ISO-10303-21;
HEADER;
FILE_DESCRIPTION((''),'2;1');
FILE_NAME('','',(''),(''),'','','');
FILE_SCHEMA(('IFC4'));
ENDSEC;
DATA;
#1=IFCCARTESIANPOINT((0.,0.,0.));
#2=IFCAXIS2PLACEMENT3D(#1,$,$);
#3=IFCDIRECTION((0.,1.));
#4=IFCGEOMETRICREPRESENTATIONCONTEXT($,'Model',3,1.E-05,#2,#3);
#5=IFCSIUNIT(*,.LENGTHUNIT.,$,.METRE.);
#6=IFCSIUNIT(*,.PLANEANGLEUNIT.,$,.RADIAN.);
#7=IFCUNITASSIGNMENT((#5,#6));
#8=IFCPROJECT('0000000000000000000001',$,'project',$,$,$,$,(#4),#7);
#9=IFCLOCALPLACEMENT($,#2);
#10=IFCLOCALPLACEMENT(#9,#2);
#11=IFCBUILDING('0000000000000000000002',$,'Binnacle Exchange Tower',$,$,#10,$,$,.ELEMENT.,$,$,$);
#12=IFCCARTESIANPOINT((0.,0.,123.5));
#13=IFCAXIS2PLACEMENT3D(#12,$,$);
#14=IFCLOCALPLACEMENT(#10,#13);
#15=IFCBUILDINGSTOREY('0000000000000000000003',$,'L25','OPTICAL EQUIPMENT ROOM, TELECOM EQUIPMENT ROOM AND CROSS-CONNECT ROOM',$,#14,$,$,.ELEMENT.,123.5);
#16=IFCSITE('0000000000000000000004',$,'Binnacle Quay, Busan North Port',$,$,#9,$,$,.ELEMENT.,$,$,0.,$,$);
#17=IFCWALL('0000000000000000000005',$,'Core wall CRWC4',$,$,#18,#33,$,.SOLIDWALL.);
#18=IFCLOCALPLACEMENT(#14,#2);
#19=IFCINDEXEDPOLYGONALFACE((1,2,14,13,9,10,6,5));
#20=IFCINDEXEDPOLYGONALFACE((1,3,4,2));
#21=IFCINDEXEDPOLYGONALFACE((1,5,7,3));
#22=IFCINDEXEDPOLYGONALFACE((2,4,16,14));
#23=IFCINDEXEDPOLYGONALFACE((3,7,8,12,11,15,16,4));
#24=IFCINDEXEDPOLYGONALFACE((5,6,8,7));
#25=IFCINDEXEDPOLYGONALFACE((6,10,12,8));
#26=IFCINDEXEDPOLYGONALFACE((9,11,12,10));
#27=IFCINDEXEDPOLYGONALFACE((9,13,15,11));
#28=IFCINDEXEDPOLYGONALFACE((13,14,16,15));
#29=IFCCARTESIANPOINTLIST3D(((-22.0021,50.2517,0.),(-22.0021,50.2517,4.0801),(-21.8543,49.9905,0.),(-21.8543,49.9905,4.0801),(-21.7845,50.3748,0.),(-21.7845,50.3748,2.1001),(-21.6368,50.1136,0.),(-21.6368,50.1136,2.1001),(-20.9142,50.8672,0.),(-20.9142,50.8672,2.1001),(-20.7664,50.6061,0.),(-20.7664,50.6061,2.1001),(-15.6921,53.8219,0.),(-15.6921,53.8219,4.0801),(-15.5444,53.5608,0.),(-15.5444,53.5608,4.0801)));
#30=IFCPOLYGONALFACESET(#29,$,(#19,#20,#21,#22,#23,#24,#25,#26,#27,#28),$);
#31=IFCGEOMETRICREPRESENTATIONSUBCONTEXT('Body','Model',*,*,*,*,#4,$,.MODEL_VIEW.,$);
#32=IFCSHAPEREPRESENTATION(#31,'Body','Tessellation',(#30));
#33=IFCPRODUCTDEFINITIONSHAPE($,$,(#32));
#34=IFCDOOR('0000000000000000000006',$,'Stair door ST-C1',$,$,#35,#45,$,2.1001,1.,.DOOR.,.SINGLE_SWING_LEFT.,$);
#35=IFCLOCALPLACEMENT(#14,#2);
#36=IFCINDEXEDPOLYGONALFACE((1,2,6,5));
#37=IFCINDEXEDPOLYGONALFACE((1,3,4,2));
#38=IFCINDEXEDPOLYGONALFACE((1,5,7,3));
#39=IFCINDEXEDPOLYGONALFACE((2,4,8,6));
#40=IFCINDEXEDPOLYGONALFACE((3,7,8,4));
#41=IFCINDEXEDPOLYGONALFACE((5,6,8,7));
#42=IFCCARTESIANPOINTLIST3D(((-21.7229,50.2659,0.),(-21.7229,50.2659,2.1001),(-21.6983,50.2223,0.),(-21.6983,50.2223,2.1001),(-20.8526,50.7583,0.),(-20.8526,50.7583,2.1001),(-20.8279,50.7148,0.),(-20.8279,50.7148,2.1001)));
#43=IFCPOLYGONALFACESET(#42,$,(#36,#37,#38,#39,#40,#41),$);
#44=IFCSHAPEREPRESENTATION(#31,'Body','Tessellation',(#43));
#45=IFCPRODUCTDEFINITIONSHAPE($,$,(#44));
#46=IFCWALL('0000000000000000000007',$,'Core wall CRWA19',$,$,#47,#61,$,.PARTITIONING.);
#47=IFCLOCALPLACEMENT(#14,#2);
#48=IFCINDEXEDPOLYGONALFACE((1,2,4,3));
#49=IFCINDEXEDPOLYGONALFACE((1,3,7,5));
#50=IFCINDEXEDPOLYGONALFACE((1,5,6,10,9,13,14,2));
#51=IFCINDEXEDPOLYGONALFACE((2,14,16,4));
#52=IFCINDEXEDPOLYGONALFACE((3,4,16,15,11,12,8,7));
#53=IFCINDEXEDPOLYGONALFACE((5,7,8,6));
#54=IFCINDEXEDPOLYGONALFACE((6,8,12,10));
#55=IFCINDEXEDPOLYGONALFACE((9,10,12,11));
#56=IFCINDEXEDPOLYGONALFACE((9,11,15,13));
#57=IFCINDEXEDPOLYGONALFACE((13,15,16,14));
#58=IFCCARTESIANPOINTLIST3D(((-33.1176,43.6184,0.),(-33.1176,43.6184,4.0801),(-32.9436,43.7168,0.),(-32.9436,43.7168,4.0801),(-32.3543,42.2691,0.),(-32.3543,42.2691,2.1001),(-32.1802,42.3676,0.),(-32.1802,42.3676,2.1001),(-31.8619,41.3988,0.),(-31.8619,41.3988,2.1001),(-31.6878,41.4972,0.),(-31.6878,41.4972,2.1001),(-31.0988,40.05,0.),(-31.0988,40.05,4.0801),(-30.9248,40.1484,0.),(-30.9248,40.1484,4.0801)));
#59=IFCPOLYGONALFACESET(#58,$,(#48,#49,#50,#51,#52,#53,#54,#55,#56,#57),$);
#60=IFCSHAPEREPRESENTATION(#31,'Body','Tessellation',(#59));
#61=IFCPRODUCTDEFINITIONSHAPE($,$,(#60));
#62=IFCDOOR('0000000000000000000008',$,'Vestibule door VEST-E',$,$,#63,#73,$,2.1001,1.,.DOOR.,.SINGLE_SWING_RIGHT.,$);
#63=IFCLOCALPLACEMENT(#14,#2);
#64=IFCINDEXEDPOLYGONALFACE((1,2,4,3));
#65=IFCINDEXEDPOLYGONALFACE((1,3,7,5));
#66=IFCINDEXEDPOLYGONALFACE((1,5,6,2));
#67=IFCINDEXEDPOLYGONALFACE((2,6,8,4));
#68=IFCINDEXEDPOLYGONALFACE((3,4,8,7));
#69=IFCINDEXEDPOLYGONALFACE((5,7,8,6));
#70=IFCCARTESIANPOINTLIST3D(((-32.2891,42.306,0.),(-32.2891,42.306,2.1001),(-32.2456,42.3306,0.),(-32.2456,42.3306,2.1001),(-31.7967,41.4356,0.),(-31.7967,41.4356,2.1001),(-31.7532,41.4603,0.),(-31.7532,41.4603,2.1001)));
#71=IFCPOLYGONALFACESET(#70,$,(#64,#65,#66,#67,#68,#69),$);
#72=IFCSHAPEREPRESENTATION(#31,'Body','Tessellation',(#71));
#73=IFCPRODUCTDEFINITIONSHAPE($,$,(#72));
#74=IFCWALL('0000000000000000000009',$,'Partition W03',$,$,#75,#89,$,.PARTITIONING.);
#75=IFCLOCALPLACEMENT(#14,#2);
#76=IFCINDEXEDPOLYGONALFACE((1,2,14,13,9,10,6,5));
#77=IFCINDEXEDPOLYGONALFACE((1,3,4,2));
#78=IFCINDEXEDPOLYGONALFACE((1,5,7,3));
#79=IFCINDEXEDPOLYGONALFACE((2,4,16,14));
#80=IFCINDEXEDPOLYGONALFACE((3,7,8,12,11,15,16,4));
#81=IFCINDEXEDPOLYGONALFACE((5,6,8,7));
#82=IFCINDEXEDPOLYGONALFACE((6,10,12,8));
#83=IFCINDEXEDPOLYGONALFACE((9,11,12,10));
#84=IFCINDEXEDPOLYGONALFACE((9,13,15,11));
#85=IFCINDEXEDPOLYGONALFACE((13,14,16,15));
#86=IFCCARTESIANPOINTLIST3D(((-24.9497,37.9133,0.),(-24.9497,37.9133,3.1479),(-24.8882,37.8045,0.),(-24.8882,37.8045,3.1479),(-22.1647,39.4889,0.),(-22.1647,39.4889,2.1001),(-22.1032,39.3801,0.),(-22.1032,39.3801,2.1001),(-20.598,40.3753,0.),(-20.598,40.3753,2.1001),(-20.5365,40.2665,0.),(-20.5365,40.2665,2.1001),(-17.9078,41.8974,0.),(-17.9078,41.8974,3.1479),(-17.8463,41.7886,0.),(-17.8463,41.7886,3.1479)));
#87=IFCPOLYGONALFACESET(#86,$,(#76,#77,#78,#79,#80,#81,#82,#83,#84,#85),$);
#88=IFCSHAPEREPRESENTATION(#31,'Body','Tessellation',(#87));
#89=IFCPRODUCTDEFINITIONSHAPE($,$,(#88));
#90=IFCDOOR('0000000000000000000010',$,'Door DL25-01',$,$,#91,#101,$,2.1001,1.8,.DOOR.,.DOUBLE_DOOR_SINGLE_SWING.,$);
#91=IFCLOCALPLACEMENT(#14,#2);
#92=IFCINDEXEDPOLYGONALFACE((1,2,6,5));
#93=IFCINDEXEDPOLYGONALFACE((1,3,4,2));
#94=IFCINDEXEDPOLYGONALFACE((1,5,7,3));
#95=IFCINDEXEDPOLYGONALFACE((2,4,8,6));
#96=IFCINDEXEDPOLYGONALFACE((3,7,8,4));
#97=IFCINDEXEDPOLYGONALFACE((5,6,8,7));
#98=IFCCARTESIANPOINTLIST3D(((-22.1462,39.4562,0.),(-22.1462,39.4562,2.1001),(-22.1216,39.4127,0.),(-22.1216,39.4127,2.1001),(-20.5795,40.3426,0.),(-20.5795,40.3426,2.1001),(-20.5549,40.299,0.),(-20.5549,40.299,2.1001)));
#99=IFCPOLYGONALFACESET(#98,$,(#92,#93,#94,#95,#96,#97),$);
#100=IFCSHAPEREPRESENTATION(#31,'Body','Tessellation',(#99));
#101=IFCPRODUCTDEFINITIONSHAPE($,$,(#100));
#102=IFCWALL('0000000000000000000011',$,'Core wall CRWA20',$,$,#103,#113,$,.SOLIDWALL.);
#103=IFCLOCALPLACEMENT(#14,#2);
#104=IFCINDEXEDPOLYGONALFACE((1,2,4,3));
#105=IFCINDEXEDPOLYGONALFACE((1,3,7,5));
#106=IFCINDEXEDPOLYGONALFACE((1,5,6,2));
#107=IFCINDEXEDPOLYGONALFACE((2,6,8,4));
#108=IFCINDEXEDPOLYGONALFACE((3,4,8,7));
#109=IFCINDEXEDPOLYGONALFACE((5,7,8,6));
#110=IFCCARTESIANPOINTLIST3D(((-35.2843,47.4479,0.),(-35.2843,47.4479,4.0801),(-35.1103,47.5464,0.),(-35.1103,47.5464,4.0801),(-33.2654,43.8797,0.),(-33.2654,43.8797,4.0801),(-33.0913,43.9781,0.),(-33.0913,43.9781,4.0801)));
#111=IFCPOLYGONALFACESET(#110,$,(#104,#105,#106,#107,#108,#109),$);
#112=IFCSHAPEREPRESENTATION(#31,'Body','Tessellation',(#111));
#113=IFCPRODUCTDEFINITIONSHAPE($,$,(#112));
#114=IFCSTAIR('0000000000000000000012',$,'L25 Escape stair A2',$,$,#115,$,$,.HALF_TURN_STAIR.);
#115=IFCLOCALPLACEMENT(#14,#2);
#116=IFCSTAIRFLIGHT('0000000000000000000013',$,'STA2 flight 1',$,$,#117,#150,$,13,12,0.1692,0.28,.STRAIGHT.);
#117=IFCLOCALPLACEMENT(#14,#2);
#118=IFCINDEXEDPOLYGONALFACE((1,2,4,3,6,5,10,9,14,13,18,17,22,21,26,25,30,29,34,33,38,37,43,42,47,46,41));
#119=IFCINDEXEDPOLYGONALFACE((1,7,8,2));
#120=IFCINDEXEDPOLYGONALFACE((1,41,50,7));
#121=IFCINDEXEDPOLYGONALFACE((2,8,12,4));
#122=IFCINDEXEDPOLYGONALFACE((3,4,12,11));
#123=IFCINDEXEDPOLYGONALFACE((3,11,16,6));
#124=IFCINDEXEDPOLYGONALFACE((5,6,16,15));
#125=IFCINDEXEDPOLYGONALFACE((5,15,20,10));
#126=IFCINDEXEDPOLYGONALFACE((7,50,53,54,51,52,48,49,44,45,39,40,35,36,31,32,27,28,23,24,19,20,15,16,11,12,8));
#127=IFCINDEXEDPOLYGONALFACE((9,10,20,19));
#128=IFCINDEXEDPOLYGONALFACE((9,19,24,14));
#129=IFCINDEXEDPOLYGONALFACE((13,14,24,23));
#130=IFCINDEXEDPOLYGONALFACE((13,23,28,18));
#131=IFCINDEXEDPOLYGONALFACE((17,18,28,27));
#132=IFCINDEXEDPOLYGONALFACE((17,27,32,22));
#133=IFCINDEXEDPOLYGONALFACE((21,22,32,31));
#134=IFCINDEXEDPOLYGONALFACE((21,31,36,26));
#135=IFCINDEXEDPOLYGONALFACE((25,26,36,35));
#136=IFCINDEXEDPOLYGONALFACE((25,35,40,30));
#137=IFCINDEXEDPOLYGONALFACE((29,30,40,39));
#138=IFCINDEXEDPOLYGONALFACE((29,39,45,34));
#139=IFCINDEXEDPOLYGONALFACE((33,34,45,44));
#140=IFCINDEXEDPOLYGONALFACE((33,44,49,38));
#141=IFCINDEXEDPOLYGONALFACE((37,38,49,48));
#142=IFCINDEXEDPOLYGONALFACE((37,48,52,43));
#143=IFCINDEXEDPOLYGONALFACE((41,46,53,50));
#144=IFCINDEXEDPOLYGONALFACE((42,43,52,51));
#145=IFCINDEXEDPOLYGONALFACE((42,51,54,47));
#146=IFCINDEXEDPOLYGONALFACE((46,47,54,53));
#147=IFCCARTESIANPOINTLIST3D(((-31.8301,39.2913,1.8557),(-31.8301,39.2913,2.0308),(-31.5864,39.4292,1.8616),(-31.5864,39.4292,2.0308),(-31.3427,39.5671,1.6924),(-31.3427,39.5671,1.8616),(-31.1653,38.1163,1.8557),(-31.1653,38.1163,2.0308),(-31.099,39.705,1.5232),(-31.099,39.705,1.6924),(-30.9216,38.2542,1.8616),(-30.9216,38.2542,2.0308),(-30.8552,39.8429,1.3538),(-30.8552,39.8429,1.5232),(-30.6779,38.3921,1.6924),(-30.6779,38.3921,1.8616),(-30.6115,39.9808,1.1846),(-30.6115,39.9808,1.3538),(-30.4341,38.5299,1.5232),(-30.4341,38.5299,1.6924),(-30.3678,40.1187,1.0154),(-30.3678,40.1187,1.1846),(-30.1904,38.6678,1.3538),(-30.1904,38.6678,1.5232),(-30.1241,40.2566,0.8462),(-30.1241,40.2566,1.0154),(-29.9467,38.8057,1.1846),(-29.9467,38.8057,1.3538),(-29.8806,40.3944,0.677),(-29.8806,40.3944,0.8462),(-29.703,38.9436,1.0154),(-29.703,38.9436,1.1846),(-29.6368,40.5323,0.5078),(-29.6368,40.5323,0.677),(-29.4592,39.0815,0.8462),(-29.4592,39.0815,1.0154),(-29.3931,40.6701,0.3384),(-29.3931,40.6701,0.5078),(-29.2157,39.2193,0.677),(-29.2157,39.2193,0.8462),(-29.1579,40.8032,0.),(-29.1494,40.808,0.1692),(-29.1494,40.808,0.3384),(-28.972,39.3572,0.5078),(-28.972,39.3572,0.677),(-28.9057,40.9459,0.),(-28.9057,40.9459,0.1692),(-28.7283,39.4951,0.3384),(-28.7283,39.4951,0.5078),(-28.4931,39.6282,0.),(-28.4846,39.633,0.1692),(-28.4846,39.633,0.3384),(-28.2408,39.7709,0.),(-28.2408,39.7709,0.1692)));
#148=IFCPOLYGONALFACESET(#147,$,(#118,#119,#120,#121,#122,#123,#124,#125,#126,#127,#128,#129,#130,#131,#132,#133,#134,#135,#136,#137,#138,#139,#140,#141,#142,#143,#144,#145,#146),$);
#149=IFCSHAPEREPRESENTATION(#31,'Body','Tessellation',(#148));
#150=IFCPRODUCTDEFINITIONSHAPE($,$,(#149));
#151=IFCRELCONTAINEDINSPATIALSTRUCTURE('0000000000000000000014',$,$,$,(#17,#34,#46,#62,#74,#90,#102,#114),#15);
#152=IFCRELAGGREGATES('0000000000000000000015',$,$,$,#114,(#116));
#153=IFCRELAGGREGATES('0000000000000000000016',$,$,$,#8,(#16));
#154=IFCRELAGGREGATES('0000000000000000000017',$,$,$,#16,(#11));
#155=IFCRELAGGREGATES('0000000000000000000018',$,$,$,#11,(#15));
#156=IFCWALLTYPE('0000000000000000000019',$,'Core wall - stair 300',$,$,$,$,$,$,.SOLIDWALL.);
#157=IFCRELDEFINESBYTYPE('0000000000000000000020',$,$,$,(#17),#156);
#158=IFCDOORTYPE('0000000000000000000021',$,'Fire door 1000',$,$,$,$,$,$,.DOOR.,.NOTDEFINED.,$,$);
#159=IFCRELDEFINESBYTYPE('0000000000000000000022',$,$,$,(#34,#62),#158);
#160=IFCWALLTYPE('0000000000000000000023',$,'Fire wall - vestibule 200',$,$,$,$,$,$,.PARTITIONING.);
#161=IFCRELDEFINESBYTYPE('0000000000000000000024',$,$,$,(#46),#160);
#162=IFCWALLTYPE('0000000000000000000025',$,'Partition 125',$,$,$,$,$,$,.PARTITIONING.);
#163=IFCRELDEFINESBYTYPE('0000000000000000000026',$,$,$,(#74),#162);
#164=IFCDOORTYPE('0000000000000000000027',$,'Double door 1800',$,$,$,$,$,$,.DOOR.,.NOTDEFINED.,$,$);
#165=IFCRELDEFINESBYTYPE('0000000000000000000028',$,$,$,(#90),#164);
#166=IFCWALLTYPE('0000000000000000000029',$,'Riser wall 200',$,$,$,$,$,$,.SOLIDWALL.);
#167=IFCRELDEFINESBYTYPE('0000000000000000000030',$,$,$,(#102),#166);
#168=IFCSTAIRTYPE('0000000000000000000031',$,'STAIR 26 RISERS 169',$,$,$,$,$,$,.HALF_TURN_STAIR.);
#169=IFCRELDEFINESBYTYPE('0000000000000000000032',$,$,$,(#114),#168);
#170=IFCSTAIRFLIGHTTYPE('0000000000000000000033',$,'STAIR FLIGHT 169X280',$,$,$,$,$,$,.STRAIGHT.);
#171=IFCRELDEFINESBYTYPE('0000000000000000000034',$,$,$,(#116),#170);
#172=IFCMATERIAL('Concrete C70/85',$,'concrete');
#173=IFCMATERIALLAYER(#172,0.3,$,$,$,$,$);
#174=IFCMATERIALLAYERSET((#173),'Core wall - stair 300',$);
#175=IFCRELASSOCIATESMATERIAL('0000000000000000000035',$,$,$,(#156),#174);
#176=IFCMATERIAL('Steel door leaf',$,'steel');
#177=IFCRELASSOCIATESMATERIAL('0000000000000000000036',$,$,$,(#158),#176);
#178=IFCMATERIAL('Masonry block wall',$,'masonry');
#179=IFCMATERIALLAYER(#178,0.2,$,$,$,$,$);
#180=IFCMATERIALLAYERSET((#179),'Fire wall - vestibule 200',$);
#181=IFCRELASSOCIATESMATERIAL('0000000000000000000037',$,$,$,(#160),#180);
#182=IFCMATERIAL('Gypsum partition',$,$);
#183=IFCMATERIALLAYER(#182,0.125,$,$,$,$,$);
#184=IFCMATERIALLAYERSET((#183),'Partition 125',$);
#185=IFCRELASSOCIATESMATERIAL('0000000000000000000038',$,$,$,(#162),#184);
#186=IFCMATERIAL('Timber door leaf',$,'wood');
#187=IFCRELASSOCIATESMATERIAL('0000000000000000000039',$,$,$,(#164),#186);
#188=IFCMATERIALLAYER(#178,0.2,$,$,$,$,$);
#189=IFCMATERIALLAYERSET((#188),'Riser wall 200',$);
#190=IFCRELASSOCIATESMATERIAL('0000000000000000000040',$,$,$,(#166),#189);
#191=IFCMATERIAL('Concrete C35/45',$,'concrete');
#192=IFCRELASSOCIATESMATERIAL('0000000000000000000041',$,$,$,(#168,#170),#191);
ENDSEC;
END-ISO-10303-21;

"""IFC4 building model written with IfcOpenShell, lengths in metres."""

from ifc_helpers import new_model, si_unit, direction, frame, frame_2d, origin, place, context, subcontext, project, spatial, polyline, rectangle, outline, extrude, material, layer, layer_set, type_object, element, fill, aggregate, save


model = new_model("IFC4")

# Units and contexts
model_context = context("Model", 3, precision=1e-05, world=origin(), true_north=direction((0.0, 1.0)))
body_context = subcontext(model_context, "Body", "Model", "MODEL_VIEW")
ifc_project = project(units=[si_unit("LENGTHUNIT", "METRE"), si_unit("PLANEANGLEUNIT", "RADIAN")], contexts=[model_context])

# Site, building, storey
site_placement = place(None, origin())
site = spatial("IfcSite", under=ifc_project, at=site_placement, Name="Binnacle Quay, Busan North Port", CompositionType="ELEMENT", RefElevation=0.0)
building_placement = place(site_placement, origin())
building = spatial("IfcBuilding", under=site, at=building_placement, Name="Binnacle Exchange Tower", CompositionType="ELEMENT")
storey_placement = place(building_placement, frame((0.0, 0.0, 123.5)))
storey = spatial("IfcBuildingStorey", under=building, at=storey_placement, Name="L25", Description="OPTICAL EQUIPMENT ROOM, TELECOM EQUIPMENT ROOM AND CROSS-CONNECT ROOM", CompositionType="ELEMENT", Elevation=123.5)

# Shared definitions
ifc_material_1 = material(Name="Concrete C70/85", Category="concrete")

# Shared definitions
ifc_layer_1 = layer(ifc_material_1, 0.3)
ifc_layer_set_1 = layer_set([ifc_layer_1], Name="Core wall - stair 300")
wall_type_1 = type_object("IfcWallType", Name="Core wall - stair 300", PredefinedType="SOLIDWALL", material=ifc_layer_set_1)
ifc_material_2 = material(Name="Steel door leaf", Category="steel")
door_type_1 = type_object("IfcDoorType", Name="Fire door 1000", OperationType="NOTDEFINED", PredefinedType="DOOR", material=ifc_material_2)

# Walls, openings, doors
wall_1_placement = place(storey_placement, frame((-21.9282, 50.1211, 0.0), z_axis=(0.0, 0.0, 1.0), x_axis=(0.870341, 0.49245, 0.0)))
wall_1 = element("IfcWall", 1, at=wall_1_placement, inside=storey, type_object=wall_type_1, Name="Core wall CRWC4", PredefinedType="SOLIDWALL", context=body_context, shape_type="SweptSolid", body=[
    extrude(rectangle(XDim=7.25, YDim=0.3, at=frame_2d((3.625, 0.0))), origin(), (0.0, 0.0, 1.0), 4.0801),
])
opening_1_placement = place(wall_1_placement, frame((0.25, 0.0, 0.0)))
opening_1 = element("IfcOpeningElement", 2, at=opening_1_placement, cuts=wall_1, PredefinedType="OPENING", context=body_context, shape_type="SweptSolid", body=[
    extrude(rectangle(XDim=1.0, YDim=2.1001, at=frame_2d((0.5, 1.05))), frame((0.0, 0.1599, 0.0), z_axis=(0.0, -1.0, 0.0), x_axis=(1.0, 0.0, 0.0)), (0.0, 0.0, 1.0), 0.3201),
])
door_1_placement = place(opening_1_placement, origin())
door_1 = element("IfcDoor", 3, at=door_1_placement, inside=storey, type_object=door_type_1, Name="Stair door ST-C1", OperationType="SINGLE_SWING_LEFT", OverallHeight=2.1001, OverallWidth=1.0, PredefinedType="DOOR", context=body_context, shape_type="SweptSolid", body=[
    extrude(rectangle(XDim=1.0, YDim=2.1001, at=frame_2d((0.5, 1.05))), frame((0.0, 0.0249, 0.0), z_axis=(0.0, -1.0, 0.0), x_axis=(1.0, 0.0, 0.0)), (0.0, 0.0, 1.0), 0.05),
])
fill(opening_1, door_1)
ifc_material_3 = material(Name="Masonry block wall", Category="masonry")
ifc_layer_2 = layer(ifc_material_3, 0.2)
ifc_layer_set_2 = layer_set([ifc_layer_2], Name="Fire wall - vestibule 200")
wall_type_2 = type_object("IfcWallType", Name="Fire wall - vestibule 200", PredefinedType="PARTITIONING", material=ifc_layer_set_2)
wall_2_placement = place(storey_placement, frame((-33.0305, 43.6675, 0.0), z_axis=(0.0, 0.0, 1.0), x_axis=(0.492408, -0.870364, 0.0)))
wall_2 = element("IfcWall", 4, at=wall_2_placement, inside=storey, type_object=wall_type_2, Name="Core wall CRWA19", PredefinedType="PARTITIONING", context=body_context, shape_type="SweptSolid", body=[
    extrude(rectangle(XDim=4.0999, YDim=0.2, at=frame_2d((2.0498, 0.0))), origin(), (0.0, 0.0, 1.0), 4.0801),
])
opening_2_placement = place(wall_2_placement, frame((1.55, 0.0, 0.0)))
opening_2 = element("IfcOpeningElement", 5, at=opening_2_placement, cuts=wall_2, PredefinedType="OPENING", context=body_context, shape_type="SweptSolid", body=[
    extrude(rectangle(XDim=1.0, YDim=2.1001, at=frame_2d((0.5, 1.05))), frame((0.0, 0.1099, 0.0), z_axis=(0.0, -1.0, 0.0), x_axis=(1.0, 0.0, 0.0)), (0.0, 0.0, 1.0), 0.22),
])
door_2_placement = place(opening_2_placement, origin())
door_2 = element("IfcDoor", 6, at=door_2_placement, inside=storey, type_object=door_type_1, Name="Vestibule door VEST-E", OperationType="SINGLE_SWING_RIGHT", OverallHeight=2.1001, OverallWidth=1.0, PredefinedType="DOOR", context=body_context, shape_type="SweptSolid", body=[
    extrude(rectangle(XDim=1.0, YDim=2.1001, at=frame_2d((0.5, 1.05))), frame((0.0, 0.0249, 0.0), z_axis=(0.0, -1.0, 0.0), x_axis=(1.0, 0.0, 0.0)), (0.0, 0.0, 1.0), 0.05),
])
fill(opening_2, door_2)
ifc_material_4 = material(Name="Gypsum partition")
ifc_layer_3 = layer(ifc_material_4, 0.125)
ifc_layer_set_3 = layer_set([ifc_layer_3], Name="Partition 125")
wall_type_3 = type_object("IfcWallType", Name="Partition 125", PredefinedType="PARTITIONING", material=ifc_layer_set_3)
wall_3_placement = place(storey_placement, frame((-24.9189, 37.8589, 0.0), z_axis=(0.0, 0.0, 1.0), x_axis=(0.870358, 0.49242, 0.0)))
wall_3 = element("IfcWall", 7, at=wall_3_placement, inside=storey, type_object=wall_type_3, Name="Partition W03", PredefinedType="PARTITIONING", context=body_context, shape_type="SweptSolid", body=[
    extrude(rectangle(XDim=8.0908, YDim=0.125, at=frame_2d((4.0454, 0.0))), origin(), (0.0, 0.0, 1.0), 3.1479),
])
opening_3_placement = place(wall_3_placement, frame((3.2, 0.0, 0.0)))
opening_3 = element("IfcOpeningElement", 8, at=opening_3_placement, cuts=wall_3, PredefinedType="OPENING", context=body_context, shape_type="SweptSolid", body=[
    extrude(rectangle(XDim=1.8, YDim=2.1001, at=frame_2d((0.8999, 1.05))), frame((0.0, 0.0725, 0.0), z_axis=(0.0, -1.0, 0.0), x_axis=(1.0, 0.0, 0.0)), (0.0, 0.0, 1.0), 0.145),
])
ifc_material_5 = material(Name="Timber door leaf", Category="wood")
door_type_2 = type_object("IfcDoorType", Name="Double door 1800", OperationType="NOTDEFINED", PredefinedType="DOOR", material=ifc_material_5)
door_3_placement = place(opening_3_placement, origin())
door_3 = element("IfcDoor", 9, at=door_3_placement, inside=storey, type_object=door_type_2, Name="Door DL25-01", OperationType="DOUBLE_DOOR_SINGLE_SWING", OverallHeight=2.1001, OverallWidth=1.8, PredefinedType="DOOR", context=body_context, shape_type="SweptSolid", body=[
    extrude(rectangle(XDim=1.8, YDim=2.1001, at=frame_2d((0.8999, 1.05))), frame((0.0, 0.0249, 0.0), z_axis=(0.0, -1.0, 0.0), x_axis=(1.0, 0.0, 0.0)), (0.0, 0.0, 1.0), 0.05),
])
fill(opening_3, door_3)

# Wall
ifc_layer_4 = layer(ifc_material_3, 0.2)
ifc_layer_set_4 = layer_set([ifc_layer_4], Name="Riser wall 200")
wall_type_4 = type_object("IfcWallType", Name="Riser wall 200", PredefinedType="SOLIDWALL", material=ifc_layer_set_4)
wall_4_placement = place(storey_placement, frame((-35.1973, 47.4971, 0.0), z_axis=(0.0, 0.0, 1.0), x_axis=(0.492454, -0.870339, 0.0)))
element("IfcWall", 10, at=wall_4_placement, inside=storey, type_object=wall_type_4, Name="Core wall CRWA20", PredefinedType="SOLIDWALL", context=body_context, shape_type="SweptSolid", body=[
    extrude(rectangle(XDim=4.0999, YDim=0.2, at=frame_2d((2.0498, 0.0))), origin(), (0.0, 0.0, 1.0), 4.0801),
])

# Stair, stair flight
ifc_material_6 = material(Name="Concrete C35/45", Category="concrete")
stair_type = type_object("IfcStairType", Name="STAIR 26 RISERS 169", PredefinedType="HALF_TURN_STAIR", material=ifc_material_6)
stair_placement = place(storey_placement, origin())
stair = element("IfcStair", 11, at=stair_placement, inside=storey, type_object=stair_type, Name="L25 Escape stair A2", PredefinedType="HALF_TURN_STAIR")
stair_flight_type = type_object("IfcStairFlightType", Name="STAIR FLIGHT 169X280", PredefinedType="STRAIGHT", material=ifc_material_6)
stair_flight_placement = place(storey_placement, frame((-28.5732, 40.3584, 0.0), z_axis=(0.0, 0.0, 1.0), x_axis=(-0.870356, -0.492424, 0.0)))
stair_flight = element("IfcStairFlight", 12, at=stair_flight_placement, type_object=stair_flight_type, Name="STA2 flight 1", NumberOfRisers=13, NumberOfTreads=12, PredefinedType="STRAIGHT", RiserHeight=0.1692, TreadLength=0.28, context=body_context, shape_type="SweptSolid", body=[
    extrude(outline(polyline([(0.0, 0.0), (0.0, 0.1692), (0.28, 0.1692), (0.28, 0.3384), (0.5601, 0.3384), (0.5601, 0.5078), (0.8401, 0.5078), (0.8401, 0.677), (1.1201, 0.677), (1.1201, 0.8462), (1.3999, 0.8462), (1.3999, 1.0154), (1.6799, 1.0154), (1.6799, 1.1846), (1.96, 1.1846), (1.96, 1.3538), (2.24, 1.3538), (2.24, 1.5232), (2.52, 1.5232), (2.52, 1.6924), (2.8, 1.6924), (2.8, 1.8616), (3.0801, 1.8616), (3.0801, 2.0308), (3.3601, 2.0308), (3.3601, 2.2), (3.3601, 1.8557), (0.2898, 0.0), (0.0, 0.0)])), frame((0.0, 0.675, 0.0), z_axis=(0.0, -1.0, 0.0), x_axis=(1.0, 0.0, 0.0)), (0.0, 0.0, 1.0), 1.3501),
])
aggregate(stair, [stair_flight])

save(model, "model.ifc")
